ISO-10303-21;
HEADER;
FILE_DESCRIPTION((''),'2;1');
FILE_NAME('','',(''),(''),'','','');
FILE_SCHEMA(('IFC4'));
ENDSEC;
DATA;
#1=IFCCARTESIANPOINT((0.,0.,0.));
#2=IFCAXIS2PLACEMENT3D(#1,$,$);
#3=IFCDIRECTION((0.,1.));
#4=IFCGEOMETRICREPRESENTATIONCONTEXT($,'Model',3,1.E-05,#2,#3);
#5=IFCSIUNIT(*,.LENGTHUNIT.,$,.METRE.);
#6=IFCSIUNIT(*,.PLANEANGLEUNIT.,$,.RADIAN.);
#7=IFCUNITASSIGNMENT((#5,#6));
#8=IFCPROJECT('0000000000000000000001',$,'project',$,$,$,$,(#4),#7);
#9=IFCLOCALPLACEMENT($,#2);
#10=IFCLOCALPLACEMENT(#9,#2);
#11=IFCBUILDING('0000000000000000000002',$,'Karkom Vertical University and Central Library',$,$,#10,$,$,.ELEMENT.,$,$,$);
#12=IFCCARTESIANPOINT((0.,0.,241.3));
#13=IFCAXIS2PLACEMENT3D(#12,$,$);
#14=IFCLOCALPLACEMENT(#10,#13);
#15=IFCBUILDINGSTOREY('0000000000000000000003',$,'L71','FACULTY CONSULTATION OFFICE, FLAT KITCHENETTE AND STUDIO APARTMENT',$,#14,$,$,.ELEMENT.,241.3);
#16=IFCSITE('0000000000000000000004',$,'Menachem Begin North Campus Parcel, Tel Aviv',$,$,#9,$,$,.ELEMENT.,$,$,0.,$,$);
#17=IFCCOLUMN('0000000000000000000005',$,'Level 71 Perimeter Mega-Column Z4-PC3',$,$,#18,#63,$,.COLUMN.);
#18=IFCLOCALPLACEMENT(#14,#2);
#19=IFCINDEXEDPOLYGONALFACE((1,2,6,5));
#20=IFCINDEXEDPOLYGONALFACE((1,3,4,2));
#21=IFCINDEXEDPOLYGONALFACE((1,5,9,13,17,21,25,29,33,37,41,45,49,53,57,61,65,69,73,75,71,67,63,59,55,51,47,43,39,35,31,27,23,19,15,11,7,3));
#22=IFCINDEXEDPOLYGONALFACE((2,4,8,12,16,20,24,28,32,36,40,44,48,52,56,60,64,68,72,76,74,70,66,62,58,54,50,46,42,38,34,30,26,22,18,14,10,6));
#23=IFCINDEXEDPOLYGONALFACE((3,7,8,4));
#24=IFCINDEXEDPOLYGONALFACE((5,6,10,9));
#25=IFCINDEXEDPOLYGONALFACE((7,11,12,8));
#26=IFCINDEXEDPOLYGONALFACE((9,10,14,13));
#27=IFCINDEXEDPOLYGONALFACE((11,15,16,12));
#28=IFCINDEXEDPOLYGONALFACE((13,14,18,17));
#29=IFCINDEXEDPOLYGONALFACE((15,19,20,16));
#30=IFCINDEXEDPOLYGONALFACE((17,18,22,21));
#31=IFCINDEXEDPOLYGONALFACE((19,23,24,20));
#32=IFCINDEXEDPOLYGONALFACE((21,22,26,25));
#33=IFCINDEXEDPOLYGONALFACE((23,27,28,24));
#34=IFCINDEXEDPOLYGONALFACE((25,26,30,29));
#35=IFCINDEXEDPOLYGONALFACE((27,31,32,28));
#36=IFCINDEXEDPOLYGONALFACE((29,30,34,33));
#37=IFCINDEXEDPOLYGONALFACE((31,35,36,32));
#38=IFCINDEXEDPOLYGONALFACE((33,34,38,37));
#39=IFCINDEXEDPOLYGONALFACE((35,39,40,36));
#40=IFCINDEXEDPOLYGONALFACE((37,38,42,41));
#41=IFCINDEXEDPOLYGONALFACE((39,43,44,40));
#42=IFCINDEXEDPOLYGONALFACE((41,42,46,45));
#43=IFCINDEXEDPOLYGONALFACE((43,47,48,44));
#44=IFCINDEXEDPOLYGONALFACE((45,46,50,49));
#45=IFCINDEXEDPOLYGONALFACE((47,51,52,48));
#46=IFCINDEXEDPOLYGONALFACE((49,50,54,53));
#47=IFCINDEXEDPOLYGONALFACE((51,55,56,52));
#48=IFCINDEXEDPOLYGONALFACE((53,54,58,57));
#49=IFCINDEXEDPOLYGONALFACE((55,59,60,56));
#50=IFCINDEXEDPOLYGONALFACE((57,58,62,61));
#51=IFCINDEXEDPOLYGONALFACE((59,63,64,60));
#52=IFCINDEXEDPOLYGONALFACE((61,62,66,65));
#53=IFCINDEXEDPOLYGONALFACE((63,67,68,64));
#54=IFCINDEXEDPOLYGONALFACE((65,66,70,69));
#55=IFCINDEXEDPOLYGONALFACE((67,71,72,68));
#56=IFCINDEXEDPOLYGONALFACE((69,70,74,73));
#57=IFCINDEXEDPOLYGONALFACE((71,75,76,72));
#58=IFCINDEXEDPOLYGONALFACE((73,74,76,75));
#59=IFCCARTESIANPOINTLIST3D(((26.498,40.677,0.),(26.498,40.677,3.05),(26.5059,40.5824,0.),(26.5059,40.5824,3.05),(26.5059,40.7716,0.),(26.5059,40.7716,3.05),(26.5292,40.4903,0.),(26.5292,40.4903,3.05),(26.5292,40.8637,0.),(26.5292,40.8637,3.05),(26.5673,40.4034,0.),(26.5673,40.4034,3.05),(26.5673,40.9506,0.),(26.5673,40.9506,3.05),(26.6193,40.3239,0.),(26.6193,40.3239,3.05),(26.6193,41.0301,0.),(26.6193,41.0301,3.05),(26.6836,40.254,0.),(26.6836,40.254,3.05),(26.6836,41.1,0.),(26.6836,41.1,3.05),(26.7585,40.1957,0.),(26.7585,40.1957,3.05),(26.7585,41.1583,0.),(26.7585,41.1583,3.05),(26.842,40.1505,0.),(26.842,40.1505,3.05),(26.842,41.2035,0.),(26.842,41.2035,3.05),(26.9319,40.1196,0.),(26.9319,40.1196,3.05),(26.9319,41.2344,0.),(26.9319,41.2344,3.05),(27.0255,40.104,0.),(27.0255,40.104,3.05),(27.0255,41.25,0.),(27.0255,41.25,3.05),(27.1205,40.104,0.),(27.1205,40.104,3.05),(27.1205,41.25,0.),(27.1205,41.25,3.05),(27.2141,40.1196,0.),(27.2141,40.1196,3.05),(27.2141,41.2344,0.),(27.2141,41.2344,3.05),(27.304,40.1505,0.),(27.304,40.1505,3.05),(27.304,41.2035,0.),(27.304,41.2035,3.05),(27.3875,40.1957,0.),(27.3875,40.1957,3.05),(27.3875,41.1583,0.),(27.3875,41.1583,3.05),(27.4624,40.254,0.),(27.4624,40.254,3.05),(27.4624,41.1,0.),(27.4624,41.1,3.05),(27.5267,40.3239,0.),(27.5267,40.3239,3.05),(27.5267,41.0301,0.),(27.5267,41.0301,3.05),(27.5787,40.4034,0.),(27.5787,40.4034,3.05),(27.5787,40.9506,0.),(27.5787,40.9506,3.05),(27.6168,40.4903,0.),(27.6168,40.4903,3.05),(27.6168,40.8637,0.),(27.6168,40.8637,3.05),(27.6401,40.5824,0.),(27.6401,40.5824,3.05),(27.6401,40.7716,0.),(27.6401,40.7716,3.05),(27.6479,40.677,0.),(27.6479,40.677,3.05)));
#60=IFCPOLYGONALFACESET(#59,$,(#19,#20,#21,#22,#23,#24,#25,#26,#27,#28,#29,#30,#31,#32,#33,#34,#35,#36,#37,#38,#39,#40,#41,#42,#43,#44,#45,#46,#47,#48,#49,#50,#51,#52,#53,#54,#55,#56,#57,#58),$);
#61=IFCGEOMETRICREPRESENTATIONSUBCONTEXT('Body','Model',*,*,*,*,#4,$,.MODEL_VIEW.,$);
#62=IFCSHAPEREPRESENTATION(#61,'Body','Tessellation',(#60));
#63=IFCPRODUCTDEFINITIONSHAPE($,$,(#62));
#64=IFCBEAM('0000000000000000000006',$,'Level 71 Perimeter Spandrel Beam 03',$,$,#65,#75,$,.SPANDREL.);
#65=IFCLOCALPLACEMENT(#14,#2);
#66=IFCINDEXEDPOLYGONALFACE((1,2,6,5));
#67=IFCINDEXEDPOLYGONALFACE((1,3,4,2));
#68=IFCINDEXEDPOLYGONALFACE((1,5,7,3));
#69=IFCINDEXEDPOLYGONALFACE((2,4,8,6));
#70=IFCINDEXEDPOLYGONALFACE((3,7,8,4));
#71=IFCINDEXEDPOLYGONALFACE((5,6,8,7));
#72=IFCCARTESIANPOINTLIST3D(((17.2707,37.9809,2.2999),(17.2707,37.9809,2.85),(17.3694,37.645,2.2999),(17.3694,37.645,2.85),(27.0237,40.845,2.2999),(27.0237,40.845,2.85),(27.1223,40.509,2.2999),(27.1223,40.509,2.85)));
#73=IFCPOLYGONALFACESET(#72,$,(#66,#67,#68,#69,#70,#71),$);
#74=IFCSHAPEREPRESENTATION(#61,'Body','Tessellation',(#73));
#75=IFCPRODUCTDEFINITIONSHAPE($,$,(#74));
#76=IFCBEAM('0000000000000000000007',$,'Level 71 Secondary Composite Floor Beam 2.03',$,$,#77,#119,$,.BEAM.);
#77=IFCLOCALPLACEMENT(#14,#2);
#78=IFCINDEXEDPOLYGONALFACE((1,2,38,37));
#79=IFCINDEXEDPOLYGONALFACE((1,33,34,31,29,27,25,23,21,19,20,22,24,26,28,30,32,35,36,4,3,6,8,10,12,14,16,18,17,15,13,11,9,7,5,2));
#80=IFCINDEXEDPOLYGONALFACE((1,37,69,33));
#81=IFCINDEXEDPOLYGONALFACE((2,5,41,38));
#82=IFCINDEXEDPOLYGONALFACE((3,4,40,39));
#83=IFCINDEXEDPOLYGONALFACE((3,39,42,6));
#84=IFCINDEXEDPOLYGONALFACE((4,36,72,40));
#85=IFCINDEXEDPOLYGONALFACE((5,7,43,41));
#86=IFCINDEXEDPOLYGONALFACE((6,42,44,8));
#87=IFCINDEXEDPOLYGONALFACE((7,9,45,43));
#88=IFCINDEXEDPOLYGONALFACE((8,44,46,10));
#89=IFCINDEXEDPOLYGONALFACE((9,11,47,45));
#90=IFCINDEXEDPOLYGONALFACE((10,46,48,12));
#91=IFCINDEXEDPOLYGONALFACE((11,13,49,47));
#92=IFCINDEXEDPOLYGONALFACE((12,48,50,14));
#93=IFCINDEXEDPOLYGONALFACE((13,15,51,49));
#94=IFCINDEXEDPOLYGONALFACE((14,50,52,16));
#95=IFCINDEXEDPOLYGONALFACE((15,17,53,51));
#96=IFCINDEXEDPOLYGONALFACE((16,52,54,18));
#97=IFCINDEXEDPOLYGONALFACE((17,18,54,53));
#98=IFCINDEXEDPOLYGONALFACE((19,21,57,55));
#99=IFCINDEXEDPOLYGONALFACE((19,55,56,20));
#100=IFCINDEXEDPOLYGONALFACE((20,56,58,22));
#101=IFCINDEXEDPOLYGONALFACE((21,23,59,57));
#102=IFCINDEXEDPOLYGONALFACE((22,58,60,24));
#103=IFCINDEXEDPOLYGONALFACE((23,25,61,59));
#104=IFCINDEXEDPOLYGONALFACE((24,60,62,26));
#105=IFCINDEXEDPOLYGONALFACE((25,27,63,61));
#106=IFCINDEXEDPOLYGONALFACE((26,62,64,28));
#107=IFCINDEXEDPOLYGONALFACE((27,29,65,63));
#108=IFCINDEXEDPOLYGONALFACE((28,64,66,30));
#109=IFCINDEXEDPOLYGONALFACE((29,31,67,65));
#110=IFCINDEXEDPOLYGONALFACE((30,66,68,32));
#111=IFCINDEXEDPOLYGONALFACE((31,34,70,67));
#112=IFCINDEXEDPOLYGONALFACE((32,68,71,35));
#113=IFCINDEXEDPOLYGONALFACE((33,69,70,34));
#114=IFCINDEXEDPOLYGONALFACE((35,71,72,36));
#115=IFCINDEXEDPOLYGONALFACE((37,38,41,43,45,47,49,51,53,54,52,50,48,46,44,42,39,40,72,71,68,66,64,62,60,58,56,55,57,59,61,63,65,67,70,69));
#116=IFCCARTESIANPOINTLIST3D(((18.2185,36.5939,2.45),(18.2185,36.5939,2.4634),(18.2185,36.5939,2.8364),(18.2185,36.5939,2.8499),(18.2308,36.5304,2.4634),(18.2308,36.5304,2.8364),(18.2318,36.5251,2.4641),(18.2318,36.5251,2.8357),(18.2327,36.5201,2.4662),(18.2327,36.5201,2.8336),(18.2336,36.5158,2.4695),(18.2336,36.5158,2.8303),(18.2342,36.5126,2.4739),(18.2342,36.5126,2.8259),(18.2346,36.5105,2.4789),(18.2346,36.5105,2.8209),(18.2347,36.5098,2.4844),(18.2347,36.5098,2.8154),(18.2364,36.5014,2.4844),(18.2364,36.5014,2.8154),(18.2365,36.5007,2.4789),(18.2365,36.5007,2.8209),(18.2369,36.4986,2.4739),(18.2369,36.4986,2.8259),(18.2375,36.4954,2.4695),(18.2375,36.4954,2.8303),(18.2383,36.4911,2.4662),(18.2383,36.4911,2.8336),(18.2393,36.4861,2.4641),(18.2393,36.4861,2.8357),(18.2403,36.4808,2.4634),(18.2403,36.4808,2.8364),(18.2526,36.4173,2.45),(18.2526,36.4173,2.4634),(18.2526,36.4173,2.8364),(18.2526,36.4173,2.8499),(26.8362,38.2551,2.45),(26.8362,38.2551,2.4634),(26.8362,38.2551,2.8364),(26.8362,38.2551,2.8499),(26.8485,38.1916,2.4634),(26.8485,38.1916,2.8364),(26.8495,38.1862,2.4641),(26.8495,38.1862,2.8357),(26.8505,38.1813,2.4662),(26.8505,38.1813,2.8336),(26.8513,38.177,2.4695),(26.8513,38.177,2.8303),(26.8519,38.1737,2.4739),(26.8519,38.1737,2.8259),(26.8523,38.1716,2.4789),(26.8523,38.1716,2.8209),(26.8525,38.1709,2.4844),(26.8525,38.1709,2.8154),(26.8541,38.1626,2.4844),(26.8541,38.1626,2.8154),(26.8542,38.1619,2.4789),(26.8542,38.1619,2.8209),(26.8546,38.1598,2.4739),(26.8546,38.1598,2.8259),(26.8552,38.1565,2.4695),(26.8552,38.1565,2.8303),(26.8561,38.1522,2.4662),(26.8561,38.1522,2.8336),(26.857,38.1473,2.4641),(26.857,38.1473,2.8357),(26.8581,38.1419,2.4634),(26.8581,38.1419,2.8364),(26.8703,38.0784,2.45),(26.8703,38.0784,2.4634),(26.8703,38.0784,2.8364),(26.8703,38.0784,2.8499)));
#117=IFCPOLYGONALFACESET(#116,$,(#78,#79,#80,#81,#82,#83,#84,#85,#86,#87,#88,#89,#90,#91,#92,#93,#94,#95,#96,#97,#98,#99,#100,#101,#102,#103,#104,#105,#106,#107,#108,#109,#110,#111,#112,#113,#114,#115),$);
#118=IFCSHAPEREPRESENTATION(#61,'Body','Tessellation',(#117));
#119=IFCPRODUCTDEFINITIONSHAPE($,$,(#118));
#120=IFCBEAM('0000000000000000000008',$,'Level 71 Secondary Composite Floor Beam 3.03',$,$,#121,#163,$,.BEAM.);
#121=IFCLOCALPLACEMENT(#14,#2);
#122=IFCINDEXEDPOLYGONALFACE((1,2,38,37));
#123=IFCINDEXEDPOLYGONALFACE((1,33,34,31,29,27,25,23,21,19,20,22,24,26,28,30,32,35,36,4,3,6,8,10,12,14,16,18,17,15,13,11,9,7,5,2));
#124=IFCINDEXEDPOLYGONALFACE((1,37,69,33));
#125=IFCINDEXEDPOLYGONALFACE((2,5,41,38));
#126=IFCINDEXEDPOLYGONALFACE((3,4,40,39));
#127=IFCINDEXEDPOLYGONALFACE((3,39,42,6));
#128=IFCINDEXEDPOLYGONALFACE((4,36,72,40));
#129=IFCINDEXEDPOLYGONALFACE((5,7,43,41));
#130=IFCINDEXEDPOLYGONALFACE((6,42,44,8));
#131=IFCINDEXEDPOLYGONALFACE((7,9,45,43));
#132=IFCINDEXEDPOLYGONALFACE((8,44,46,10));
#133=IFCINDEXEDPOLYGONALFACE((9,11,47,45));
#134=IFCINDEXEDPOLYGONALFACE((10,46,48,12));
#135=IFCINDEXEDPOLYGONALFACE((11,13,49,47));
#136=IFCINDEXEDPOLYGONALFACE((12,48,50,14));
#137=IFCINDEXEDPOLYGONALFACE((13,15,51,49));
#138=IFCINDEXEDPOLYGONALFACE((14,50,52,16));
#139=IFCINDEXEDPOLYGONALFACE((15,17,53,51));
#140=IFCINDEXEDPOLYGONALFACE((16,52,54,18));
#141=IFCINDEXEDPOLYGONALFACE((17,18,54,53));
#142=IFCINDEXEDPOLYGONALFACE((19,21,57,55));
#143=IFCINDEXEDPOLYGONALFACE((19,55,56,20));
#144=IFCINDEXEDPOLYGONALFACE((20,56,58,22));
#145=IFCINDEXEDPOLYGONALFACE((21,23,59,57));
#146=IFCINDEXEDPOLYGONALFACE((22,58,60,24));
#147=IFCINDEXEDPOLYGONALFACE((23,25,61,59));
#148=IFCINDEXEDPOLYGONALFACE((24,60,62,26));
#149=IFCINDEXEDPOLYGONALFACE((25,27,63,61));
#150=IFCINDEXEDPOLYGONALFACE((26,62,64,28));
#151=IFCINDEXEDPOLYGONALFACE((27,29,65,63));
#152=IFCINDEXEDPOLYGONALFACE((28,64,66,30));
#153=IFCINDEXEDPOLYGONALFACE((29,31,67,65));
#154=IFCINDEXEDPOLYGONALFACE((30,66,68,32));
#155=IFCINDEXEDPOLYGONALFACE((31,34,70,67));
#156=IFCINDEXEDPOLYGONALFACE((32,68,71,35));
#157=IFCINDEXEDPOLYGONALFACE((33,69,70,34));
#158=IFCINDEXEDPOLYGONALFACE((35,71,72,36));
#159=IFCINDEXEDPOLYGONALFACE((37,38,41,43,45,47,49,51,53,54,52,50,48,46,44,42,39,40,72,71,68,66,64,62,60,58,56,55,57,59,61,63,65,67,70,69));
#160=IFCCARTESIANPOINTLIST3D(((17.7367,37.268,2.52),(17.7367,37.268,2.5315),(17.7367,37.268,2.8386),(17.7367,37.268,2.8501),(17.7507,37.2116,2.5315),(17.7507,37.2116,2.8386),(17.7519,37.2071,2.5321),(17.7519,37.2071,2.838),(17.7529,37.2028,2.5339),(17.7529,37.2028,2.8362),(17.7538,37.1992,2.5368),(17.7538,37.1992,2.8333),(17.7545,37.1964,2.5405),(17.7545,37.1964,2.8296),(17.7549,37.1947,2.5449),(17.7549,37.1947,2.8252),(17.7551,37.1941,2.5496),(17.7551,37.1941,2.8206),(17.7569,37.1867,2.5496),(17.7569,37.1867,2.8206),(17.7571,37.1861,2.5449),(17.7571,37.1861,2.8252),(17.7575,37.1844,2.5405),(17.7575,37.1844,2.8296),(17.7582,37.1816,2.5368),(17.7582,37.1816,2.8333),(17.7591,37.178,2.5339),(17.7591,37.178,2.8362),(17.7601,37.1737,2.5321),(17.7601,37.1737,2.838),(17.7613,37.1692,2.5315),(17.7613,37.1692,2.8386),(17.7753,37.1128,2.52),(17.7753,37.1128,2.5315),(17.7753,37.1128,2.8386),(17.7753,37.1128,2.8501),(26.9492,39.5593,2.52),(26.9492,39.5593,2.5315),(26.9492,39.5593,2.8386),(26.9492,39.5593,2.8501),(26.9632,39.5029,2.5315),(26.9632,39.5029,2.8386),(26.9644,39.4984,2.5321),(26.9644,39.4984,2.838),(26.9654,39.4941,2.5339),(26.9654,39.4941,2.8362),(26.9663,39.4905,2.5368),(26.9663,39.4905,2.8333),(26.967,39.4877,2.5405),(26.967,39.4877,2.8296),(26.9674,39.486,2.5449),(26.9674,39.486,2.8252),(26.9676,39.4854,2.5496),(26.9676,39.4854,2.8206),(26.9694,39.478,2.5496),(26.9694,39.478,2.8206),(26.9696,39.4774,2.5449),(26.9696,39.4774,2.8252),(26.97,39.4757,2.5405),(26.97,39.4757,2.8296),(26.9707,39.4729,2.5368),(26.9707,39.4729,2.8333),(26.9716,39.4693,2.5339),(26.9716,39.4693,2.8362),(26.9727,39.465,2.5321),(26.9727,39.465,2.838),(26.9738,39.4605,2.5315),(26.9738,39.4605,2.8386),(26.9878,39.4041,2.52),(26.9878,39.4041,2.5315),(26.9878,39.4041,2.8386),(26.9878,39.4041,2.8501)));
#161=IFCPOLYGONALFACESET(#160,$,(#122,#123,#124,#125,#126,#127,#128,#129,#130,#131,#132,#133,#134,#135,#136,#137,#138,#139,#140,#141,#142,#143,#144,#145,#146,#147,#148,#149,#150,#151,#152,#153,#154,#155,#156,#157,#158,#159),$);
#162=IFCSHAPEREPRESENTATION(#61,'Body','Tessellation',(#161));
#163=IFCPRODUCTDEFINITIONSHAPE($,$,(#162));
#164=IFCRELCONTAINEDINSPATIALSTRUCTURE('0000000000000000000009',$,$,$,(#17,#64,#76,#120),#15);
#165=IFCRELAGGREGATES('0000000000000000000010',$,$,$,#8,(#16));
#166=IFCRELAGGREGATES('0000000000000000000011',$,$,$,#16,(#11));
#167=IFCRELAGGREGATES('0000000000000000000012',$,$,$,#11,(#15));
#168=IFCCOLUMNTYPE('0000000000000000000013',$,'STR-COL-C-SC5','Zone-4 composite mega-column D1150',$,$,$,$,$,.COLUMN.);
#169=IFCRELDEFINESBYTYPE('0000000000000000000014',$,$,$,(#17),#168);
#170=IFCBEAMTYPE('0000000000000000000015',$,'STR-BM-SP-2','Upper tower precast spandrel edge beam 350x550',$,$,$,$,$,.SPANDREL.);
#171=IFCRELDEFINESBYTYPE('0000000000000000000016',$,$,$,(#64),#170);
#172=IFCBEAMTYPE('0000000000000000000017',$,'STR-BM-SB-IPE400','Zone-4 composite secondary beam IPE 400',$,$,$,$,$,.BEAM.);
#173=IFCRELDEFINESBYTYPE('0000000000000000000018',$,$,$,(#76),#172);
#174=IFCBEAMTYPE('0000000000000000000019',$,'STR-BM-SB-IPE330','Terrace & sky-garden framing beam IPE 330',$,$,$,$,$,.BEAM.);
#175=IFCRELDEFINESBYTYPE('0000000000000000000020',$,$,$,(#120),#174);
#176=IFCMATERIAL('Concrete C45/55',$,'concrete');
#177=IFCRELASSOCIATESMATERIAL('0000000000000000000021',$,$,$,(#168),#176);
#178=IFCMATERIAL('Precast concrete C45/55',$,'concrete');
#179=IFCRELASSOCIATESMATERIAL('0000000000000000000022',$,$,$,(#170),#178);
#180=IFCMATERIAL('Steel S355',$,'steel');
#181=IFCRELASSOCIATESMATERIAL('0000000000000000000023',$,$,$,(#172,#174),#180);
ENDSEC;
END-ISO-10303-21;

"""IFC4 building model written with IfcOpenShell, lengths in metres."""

from ifc_helpers import new_model, si_unit, direction, frame, origin, origin_with_axes, origin_2d, place, context, subcontext, project, spatial, rectangle, circle, i_section, extrude, source, transform, mapped, material, material_profile, profile_set, type_object, element, save


model = new_model("IFC4")

# Units and contexts
model_context = context("Model", 3, precision=1e-05, world=origin(), true_north=direction((0.0, 1.0)))
body_context = subcontext(model_context, "Body", "Model", "MODEL_VIEW")
ifc_project = project(units=[si_unit("LENGTHUNIT", "METRE"), si_unit("PLANEANGLEUNIT", "RADIAN")], contexts=[model_context])

# Site, building, storey
site_placement = place(None, origin())
site = spatial("IfcSite", under=ifc_project, at=site_placement, Name="Menachem Begin North Campus Parcel, Tel Aviv", CompositionType="ELEMENT", RefElevation=0.0)
building_placement = place(site_placement, origin())
building = spatial("IfcBuilding", under=site, at=building_placement, Name="Karkom Vertical University and Central Library", CompositionType="ELEMENT")
storey_placement = place(building_placement, frame((0.0, 0.0, 241.3)))
storey = spatial("IfcBuildingStorey", under=building, at=storey_placement, Name="L71", Description="FACULTY CONSULTATION OFFICE, FLAT KITCHENETTE AND STUDIO APARTMENT", CompositionType="ELEMENT", Elevation=241.3)

# Column
ifc_material_1 = material(Name="Concrete C45/55", Category="concrete")
ifc_material_profile_1 = material_profile(ifc_material_1, circle(Radius=0.575, at=origin_2d()), Name="CFT-D1150")
ifc_profile_set_1 = profile_set([ifc_material_profile_1], Name="Concrete C45/55")
column_type = type_object("IfcColumnType", Name="STR-COL-C-SC5", Description="Zone-4 composite mega-column D1150", PredefinedType="COLUMN", material=ifc_profile_set_1)
shared_shape_1 = source(origin_with_axes(), body_context, "Body", "SweptSolid", [
    extrude(circle(Radius=0.575, at=origin_2d()), origin(), (0.0, 0.0, 1.0), 3.05),
])
column_placement = place(storey_placement, frame((27.073, 40.677, 0.0), z_axis=(0.0, 0.0, 1.0), x_axis=(1.0, 0.0, 0.0)))
element("IfcColumn", 1, at=column_placement, inside=storey, type_object=column_type, Name="Level 71 Perimeter Mega-Column Z4-PC3", PredefinedType="COLUMN", context=body_context, shape_type="MappedRepresentation", body=[
    mapped(shared_shape_1, transform((0.0, 0.0, 0.0), scale=1.0)),
])

# Beams
ifc_material_2 = material(Name="Precast concrete C45/55", Category="concrete")
ifc_material_profile_2 = material_profile(ifc_material_2, rectangle(XDim=0.3501, YDim=0.55, at=origin_2d()), Name="SPB-350x550")
ifc_profile_set_2 = profile_set([ifc_material_profile_2], Name="Precast concrete C45/55")
beam_type_1 = type_object("IfcBeamType", Name="STR-BM-SP-2", Description="Upper tower precast spandrel edge beam 350x550", PredefinedType="SPANDREL", material=ifc_profile_set_2)
shared_shape_2 = source(origin_with_axes(), body_context, "Body", "SweptSolid", [
    extrude(rectangle(XDim=0.3501, YDim=0.55, at=origin_2d()), origin(), (0.0, 0.0, 1.0), 10.1648),
])
beam_1_placement = place(storey_placement, frame((27.073, 40.677, 2.575), z_axis=(-0.959485, -0.281759, 0.0), x_axis=(0.281759, -0.959485, 0.0)))
element("IfcBeam", 2, at=beam_1_placement, inside=storey, type_object=beam_type_1, Name="Level 71 Perimeter Spandrel Beam 03", PredefinedType="SPANDREL", context=body_context, shape_type="MappedRepresentation", body=[
    mapped(shared_shape_2, transform((0.0, 0.0, 0.0), scale=1.0)),
])
ifc_material_3 = material(Name="Steel S355", Category="steel")
ifc_material_profile_3 = material_profile(ifc_material_3, i_section(OverallWidth=0.1799, OverallDepth=0.3999, WebThickness=0.0085, FlangeThickness=0.0134, FilletRadius=0.021, at=origin_2d()), Name="IPE 400")
ifc_profile_set_3 = profile_set([ifc_material_profile_3], Name="Steel S355")
beam_type_2 = type_object("IfcBeamType", Name="STR-BM-SB-IPE400", Description="Zone-4 composite secondary beam IPE 400", PredefinedType="BEAM", material=ifc_profile_set_3)
shared_shape_3 = source(origin_with_axes(), body_context, "Body", "SweptSolid", [
    extrude(i_section(OverallWidth=0.1799, OverallDepth=0.3999, WebThickness=0.0085, FlangeThickness=0.0134, FilletRadius=0.021, at=origin_2d()), origin(), (0.0, 0.0, 1.0), 8.7764),
])
beam_2_placement = place(storey_placement, frame((26.8533, 38.1667, 2.6499), z_axis=(-0.981924, -0.189275, 0.0), x_axis=(0.189275, -0.981924, 0.0)))
element("IfcBeam", 3, at=beam_2_placement, inside=storey, type_object=beam_type_2, Name="Level 71 Secondary Composite Floor Beam 2.03", PredefinedType="BEAM", context=body_context, shape_type="MappedRepresentation", body=[
    mapped(shared_shape_3, transform((0.0, 0.0, 0.0), scale=1.0)),
])
ifc_material_profile_4 = material_profile(ifc_material_3, i_section(OverallWidth=0.1599, OverallDepth=0.3301, WebThickness=0.0076, FlangeThickness=0.0115, FilletRadius=0.0181, at=origin_2d()), Name="IPE 330")
ifc_profile_set_4 = profile_set([ifc_material_profile_4], Name="Steel S355")
beam_type_3 = type_object("IfcBeamType", Name="STR-BM-SB-IPE330", Description="Terrace & sky-garden framing beam IPE 330", PredefinedType="BEAM", material=ifc_profile_set_4)
shared_shape_4 = source(origin_with_axes(), body_context, "Body", "SweptSolid", [
    extrude(i_section(OverallWidth=0.1599, OverallDepth=0.3301, WebThickness=0.0076, FlangeThickness=0.0115, FilletRadius=0.0181, at=origin_2d()), origin(), (0.0, 0.0, 1.0), 9.4932),
])
beam_3_placement = place(storey_placement, frame((26.9685, 39.4817, 2.6851), z_axis=(-0.970435, -0.241362, 0.0), x_axis=(0.241362, -0.970435, 0.0)))
element("IfcBeam", 4, at=beam_3_placement, inside=storey, type_object=beam_type_3, Name="Level 71 Secondary Composite Floor Beam 3.03", PredefinedType="BEAM", context=body_context, shape_type="MappedRepresentation", body=[
    mapped(shared_shape_4, transform((0.0, 0.0, 0.0), scale=1.0)),
])

save(model, "model.ifc")
